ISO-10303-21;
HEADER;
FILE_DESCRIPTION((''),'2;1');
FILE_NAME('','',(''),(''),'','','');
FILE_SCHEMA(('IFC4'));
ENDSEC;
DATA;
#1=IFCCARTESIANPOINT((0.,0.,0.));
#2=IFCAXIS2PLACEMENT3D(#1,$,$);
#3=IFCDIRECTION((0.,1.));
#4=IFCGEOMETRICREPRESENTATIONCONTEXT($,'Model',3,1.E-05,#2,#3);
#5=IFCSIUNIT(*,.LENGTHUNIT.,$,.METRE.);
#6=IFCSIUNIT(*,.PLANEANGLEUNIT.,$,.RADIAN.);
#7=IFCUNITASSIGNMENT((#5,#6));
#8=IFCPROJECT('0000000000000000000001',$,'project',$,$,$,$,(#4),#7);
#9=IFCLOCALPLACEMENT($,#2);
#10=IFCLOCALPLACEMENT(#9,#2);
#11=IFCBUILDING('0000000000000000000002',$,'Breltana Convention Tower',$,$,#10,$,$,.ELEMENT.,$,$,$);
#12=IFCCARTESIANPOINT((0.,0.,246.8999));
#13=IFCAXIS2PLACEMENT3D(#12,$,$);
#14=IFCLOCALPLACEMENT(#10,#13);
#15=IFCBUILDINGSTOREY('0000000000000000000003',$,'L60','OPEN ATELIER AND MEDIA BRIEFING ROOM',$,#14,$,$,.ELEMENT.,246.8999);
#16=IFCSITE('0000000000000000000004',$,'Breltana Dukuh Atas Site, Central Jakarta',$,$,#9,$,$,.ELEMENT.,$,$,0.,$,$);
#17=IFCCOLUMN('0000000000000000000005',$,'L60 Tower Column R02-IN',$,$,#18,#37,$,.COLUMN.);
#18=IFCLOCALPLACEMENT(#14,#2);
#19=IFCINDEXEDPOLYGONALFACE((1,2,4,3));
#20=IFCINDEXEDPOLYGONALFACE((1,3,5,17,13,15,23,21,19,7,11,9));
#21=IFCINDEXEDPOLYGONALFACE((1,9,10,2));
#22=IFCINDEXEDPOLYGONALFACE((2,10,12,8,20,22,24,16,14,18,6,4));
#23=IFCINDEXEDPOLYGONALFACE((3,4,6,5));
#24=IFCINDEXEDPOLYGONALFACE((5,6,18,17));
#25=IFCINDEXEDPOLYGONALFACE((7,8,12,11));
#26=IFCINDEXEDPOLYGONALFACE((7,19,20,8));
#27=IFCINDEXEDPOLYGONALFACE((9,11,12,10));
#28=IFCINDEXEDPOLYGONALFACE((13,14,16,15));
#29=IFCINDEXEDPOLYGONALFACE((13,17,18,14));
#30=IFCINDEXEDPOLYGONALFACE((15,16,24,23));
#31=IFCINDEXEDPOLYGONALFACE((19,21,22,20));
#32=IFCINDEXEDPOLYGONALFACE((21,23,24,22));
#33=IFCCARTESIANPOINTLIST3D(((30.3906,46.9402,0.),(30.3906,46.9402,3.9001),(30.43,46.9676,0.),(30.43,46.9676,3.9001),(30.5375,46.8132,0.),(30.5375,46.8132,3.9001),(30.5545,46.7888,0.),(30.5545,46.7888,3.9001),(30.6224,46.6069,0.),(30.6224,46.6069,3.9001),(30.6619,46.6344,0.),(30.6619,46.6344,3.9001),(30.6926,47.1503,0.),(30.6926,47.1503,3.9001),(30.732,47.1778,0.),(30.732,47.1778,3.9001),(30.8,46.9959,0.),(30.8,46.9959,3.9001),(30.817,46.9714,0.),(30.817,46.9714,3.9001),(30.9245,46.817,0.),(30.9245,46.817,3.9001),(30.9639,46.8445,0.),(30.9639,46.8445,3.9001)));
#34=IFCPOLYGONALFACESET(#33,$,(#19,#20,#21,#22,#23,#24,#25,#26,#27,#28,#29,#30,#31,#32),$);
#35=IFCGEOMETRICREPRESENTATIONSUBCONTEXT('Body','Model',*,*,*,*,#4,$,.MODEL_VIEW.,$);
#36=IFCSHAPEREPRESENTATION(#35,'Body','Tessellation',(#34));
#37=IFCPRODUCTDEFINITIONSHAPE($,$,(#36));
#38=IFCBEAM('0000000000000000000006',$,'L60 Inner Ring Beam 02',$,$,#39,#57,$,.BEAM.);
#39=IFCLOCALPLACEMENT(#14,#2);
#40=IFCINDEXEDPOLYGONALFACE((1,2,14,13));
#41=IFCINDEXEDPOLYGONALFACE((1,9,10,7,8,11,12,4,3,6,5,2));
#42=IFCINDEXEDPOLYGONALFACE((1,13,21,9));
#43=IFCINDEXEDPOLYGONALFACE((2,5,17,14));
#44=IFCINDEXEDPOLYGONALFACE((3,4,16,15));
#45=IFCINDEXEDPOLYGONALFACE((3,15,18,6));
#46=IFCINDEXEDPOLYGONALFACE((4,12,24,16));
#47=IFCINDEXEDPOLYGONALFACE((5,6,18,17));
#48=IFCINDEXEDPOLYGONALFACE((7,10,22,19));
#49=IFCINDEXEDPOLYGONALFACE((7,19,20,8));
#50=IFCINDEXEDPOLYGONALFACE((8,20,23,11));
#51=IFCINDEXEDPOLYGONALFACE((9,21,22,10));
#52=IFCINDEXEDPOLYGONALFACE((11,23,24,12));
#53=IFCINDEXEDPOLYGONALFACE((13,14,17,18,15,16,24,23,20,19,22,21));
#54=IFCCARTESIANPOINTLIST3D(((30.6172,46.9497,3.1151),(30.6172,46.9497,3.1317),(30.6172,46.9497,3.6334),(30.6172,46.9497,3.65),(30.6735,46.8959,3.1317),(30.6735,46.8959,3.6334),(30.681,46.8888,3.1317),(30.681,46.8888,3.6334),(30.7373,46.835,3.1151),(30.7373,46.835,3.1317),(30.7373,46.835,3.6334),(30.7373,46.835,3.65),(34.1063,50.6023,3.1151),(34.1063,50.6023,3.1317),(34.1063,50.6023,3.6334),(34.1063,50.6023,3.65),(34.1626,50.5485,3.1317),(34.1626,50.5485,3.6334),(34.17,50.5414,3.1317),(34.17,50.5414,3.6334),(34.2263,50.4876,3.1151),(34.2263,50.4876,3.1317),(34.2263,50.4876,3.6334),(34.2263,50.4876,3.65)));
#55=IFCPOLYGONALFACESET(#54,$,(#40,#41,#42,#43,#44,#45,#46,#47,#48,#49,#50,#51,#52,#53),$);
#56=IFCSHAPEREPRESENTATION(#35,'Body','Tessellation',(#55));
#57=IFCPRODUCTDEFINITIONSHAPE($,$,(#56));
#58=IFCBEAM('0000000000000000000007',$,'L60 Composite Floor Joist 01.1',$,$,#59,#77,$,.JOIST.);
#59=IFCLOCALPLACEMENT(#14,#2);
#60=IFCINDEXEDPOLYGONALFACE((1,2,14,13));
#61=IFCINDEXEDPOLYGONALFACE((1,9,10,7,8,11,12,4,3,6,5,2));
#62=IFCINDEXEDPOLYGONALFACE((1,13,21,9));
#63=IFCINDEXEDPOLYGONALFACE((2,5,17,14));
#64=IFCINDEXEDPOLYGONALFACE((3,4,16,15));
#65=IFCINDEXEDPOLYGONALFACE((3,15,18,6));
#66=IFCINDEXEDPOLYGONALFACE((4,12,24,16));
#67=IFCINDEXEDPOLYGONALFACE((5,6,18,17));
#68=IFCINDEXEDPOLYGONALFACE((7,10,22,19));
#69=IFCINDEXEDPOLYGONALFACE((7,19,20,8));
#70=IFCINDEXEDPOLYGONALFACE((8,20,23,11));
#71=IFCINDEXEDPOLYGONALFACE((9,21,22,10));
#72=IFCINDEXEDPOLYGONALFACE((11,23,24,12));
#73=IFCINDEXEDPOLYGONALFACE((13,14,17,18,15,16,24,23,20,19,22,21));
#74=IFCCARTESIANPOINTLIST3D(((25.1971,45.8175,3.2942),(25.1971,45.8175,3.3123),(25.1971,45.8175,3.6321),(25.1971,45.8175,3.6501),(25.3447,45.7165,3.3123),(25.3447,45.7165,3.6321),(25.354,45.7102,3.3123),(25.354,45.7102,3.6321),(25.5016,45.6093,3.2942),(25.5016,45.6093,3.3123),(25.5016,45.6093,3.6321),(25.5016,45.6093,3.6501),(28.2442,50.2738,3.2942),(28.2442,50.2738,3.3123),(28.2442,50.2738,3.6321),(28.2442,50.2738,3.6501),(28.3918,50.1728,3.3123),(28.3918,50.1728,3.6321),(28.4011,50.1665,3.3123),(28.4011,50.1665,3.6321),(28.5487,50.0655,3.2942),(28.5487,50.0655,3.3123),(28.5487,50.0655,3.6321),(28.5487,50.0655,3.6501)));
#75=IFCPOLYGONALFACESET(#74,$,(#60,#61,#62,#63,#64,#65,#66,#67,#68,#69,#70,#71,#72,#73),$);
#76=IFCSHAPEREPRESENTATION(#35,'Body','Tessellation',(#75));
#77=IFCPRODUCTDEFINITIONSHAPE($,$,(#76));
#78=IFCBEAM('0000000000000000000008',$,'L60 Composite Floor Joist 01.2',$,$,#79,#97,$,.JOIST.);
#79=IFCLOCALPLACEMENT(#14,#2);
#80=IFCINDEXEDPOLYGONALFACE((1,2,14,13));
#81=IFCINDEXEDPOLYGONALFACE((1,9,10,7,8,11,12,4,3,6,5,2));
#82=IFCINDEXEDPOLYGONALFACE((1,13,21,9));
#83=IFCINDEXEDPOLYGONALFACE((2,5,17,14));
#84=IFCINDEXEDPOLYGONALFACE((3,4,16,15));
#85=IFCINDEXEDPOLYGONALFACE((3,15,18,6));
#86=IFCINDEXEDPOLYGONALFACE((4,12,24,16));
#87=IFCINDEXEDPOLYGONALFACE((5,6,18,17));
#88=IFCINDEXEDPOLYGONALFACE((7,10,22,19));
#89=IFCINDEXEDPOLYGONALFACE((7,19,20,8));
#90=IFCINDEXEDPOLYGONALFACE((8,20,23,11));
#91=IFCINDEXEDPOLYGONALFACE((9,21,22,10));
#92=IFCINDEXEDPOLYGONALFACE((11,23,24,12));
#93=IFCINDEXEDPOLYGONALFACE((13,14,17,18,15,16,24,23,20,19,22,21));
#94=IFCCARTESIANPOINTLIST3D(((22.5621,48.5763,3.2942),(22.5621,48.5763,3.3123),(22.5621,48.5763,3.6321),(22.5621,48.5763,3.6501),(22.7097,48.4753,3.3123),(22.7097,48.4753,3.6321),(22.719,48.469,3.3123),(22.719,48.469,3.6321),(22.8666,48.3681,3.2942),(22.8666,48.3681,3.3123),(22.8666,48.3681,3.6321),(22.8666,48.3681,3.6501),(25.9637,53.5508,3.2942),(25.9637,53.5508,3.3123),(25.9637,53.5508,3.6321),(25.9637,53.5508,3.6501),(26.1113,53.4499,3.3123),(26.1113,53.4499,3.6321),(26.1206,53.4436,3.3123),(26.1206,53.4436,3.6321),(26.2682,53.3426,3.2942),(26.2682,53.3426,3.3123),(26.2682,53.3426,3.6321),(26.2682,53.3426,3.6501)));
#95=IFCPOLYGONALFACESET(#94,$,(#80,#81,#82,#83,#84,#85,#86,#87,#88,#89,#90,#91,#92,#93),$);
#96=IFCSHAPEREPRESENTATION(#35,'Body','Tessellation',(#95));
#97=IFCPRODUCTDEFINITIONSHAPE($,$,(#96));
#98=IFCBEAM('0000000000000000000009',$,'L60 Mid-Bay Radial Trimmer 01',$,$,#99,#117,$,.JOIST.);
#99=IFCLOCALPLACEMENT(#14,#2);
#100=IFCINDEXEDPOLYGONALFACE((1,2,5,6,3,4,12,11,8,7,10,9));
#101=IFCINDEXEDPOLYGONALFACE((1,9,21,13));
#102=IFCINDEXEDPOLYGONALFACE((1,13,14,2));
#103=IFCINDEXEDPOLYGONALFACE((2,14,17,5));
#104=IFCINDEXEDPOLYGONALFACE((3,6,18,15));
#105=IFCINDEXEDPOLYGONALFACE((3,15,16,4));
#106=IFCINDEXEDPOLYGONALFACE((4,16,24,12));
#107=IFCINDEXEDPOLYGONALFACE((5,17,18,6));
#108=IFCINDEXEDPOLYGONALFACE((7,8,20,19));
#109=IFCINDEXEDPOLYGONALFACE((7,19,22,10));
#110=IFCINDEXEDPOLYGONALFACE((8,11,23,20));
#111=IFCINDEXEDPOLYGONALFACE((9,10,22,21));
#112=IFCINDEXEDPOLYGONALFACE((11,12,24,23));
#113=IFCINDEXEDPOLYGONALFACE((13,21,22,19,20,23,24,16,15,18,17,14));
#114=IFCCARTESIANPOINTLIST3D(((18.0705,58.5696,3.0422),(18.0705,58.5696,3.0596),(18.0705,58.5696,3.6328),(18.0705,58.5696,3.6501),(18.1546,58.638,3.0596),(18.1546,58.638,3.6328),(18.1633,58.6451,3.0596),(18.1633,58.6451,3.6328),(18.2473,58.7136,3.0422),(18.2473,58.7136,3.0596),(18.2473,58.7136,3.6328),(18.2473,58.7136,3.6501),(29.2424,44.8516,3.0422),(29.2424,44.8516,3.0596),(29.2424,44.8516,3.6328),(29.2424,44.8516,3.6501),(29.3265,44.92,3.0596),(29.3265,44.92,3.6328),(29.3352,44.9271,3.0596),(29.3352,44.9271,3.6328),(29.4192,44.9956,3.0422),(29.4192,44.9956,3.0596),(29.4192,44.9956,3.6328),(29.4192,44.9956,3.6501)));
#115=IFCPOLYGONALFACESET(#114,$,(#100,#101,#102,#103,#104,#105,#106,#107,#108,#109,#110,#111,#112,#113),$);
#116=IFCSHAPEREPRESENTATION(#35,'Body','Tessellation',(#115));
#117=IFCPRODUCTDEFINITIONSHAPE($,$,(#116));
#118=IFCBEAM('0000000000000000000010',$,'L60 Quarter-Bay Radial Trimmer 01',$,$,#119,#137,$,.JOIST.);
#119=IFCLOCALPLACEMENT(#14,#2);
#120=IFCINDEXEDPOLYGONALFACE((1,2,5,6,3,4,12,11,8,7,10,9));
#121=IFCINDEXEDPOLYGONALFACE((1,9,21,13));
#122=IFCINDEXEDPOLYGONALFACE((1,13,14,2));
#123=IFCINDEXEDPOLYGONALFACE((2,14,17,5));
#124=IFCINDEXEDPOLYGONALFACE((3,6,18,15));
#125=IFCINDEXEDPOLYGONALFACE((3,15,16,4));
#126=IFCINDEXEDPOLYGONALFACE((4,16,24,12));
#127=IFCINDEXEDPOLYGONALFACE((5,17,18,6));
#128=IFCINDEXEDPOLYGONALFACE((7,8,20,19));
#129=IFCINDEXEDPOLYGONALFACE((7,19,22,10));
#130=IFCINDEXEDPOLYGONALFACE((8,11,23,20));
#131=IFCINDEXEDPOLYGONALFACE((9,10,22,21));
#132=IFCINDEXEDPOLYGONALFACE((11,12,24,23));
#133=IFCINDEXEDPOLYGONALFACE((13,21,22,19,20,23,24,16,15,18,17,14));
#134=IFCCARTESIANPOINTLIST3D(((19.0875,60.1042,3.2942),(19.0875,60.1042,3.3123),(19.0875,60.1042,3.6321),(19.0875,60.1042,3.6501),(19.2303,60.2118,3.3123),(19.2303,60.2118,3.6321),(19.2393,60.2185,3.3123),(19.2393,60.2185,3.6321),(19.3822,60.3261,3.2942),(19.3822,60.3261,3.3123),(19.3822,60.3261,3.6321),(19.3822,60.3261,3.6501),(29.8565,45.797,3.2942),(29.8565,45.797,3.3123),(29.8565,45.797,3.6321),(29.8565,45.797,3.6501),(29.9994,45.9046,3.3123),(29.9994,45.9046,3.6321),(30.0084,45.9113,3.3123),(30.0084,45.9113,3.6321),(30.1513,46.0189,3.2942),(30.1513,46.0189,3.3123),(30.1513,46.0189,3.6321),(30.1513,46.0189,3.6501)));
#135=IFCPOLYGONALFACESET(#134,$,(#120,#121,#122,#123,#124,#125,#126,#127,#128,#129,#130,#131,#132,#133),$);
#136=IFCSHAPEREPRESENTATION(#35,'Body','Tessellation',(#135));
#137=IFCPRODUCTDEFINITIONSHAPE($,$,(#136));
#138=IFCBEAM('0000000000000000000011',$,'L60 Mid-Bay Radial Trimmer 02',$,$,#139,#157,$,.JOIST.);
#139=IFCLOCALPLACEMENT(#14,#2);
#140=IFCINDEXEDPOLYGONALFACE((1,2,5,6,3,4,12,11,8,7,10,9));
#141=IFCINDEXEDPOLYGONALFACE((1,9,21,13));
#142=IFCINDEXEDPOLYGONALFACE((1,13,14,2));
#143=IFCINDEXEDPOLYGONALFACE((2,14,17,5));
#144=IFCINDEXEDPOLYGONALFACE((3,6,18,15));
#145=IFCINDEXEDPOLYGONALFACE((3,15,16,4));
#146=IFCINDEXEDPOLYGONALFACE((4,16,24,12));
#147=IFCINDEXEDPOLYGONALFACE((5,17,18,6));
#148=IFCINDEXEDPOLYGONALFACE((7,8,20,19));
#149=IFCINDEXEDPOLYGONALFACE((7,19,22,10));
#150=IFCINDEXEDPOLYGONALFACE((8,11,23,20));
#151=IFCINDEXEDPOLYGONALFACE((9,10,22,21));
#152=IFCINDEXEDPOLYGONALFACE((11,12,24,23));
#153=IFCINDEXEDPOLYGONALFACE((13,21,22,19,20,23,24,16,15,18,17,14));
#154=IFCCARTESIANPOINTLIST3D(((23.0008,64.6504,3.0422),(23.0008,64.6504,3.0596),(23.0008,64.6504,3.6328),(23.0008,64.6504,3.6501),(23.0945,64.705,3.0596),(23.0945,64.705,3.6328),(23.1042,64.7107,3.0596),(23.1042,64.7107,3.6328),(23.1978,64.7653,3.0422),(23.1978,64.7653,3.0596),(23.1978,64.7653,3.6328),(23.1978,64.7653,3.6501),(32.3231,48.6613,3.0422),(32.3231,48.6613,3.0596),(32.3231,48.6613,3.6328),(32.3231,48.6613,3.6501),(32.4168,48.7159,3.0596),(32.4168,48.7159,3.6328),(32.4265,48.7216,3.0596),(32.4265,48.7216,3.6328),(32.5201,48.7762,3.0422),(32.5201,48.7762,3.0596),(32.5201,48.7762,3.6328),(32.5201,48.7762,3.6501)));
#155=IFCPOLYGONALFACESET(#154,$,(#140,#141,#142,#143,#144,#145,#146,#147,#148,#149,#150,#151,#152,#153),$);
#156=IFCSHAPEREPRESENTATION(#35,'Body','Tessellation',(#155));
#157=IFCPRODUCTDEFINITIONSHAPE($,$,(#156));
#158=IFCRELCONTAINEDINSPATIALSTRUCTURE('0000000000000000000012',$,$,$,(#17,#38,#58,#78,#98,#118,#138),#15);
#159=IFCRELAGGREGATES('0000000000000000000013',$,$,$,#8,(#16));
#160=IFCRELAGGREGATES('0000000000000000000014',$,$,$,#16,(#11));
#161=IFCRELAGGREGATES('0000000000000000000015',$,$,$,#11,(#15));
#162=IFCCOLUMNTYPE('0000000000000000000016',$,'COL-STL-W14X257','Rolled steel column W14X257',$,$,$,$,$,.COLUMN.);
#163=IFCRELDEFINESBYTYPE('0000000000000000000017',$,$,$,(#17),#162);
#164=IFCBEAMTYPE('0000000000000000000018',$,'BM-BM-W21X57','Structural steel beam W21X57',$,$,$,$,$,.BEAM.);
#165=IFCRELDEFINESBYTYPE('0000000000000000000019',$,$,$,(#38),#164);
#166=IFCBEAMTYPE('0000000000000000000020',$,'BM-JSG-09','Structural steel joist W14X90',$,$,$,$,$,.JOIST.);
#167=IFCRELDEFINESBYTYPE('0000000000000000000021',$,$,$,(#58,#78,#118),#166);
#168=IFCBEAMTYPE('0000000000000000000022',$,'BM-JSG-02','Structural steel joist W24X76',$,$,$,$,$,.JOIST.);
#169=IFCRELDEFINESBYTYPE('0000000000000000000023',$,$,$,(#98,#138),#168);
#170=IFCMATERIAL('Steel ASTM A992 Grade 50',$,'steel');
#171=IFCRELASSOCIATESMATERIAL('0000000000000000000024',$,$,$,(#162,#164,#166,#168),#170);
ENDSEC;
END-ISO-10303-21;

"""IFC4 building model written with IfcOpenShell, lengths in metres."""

from ifc_helpers import new_model, si_unit, direction, frame, origin, origin_2d, place, context, subcontext, project, spatial, i_section, extrude, source, transform, mapped, material, material_profile, profile_set, type_object, type_shapes, element, save


model = new_model("IFC4")

# Units and contexts
model_context = context("Model", 3, precision=1e-05, world=origin(), true_north=direction((0.0, 1.0)))
body_context = subcontext(model_context, "Body", "Model", "MODEL_VIEW")
ifc_project = project(units=[si_unit("LENGTHUNIT", "METRE"), si_unit("PLANEANGLEUNIT", "RADIAN")], contexts=[model_context])

# Site, building, storey
site_placement = place(None, origin())
site = spatial("IfcSite", under=ifc_project, at=site_placement, Name="Breltana Dukuh Atas Site, Central Jakarta", CompositionType="ELEMENT", RefElevation=0.0)
building_placement = place(site_placement, origin())
building = spatial("IfcBuilding", under=site, at=building_placement, Name="Breltana Convention Tower", CompositionType="ELEMENT")
storey_placement = place(building_placement, frame((0.0, 0.0, 246.8999)))
storey = spatial("IfcBuildingStorey", under=building, at=storey_placement, Name="L60", Description="OPEN ATELIER AND MEDIA BRIEFING ROOM", CompositionType="ELEMENT", Elevation=246.8999)

# Column
ifc_material_1 = material(Name="Steel ASTM A992 Grade 50", Category="steel")
ifc_material_profile_1 = material_profile(ifc_material_1, i_section(OverallWidth=0.406, OverallDepth=0.416, WebThickness=0.0298, FlangeThickness=0.0481, at=origin_2d()), Name="W14X257")
ifc_profile_set_1 = profile_set([ifc_material_profile_1], Name="Steel ASTM A992 Grade 50")
column_type = type_object("IfcColumnType", Name="COL-STL-W14X257", Description="Rolled steel column W14X257", PredefinedType="COLUMN", material=ifc_profile_set_1)
shared_shape_1 = source(origin(), body_context, "Body", "SweptSolid", [
    extrude(i_section(OverallWidth=0.406, OverallDepth=0.416, WebThickness=0.0298, FlangeThickness=0.0481, at=origin_2d()), origin(), (0.0, 0.0, 1.0), 3.9001),
])
column_placement = place(storey_placement, frame((30.6772, 46.8923, 0.0), z_axis=(0.0, 0.0, 1.0), x_axis=(-0.571143, 0.82085, 0.0)))
element("IfcColumn", 1, at=column_placement, inside=storey, type_object=column_type, Name="L60 Tower Column R02-IN", PredefinedType="COLUMN", context=body_context, shape_type="MappedRepresentation", body=[
    mapped(shared_shape_1, transform((0.0, 0.0, 0.0), scale=1.0)),
])

# Beams
ifc_material_profile_2 = material_profile(ifc_material_1, i_section(OverallWidth=0.166, OverallDepth=0.5349, WebThickness=0.0103, FlangeThickness=0.0166, at=origin_2d()), Name="W21X57")
ifc_profile_set_2 = profile_set([ifc_material_profile_2], Name="Steel ASTM A992 Grade 50")
beam_type_1 = type_object("IfcBeamType", Name="BM-BM-W21X57", Description="Structural steel beam W21X57", PredefinedType="BEAM", material=ifc_profile_set_2)
shared_shape_2 = source(origin(), body_context, "Body", "SweptSolid", [
    extrude(i_section(OverallWidth=0.166, OverallDepth=0.5349, WebThickness=0.0103, FlangeThickness=0.0166, at=origin_2d()), origin(), (0.0, 0.0, 1.0), 5.0513),
])
beam_1_placement = place(storey_placement, frame((30.6772, 46.8923, 3.3826), z_axis=(0.69073, 0.723113, 0.0), x_axis=(-0.723113, 0.69073, 0.0)))
element("IfcBeam", 2, at=beam_1_placement, inside=storey, type_object=beam_type_1, Name="L60 Inner Ring Beam 02", PredefinedType="BEAM", context=body_context, shape_type="MappedRepresentation", body=[
    mapped(shared_shape_2, transform((0.0, 0.0, 0.0), scale=1.0)),
])
ifc_material_profile_3 = material_profile(ifc_material_1, i_section(OverallWidth=0.3689, OverallDepth=0.356, WebThickness=0.0112, FlangeThickness=0.0181, at=origin_2d()), Name="W14X90")
ifc_profile_set_3 = profile_set([ifc_material_profile_3], Name="Steel ASTM A992 Grade 50")
beam_type_2 = type_object("IfcBeamType", Name="BM-JSG-09", Description="Structural steel joist W14X90", PredefinedType="JOIST", material=ifc_profile_set_3)
shared_shape_3 = source(origin(), body_context, "Body", "SweptSolid", [
    extrude(i_section(OverallWidth=0.3689, OverallDepth=0.356, WebThickness=0.0112, FlangeThickness=0.0181, at=origin_2d()), origin(), (0.0, 0.0, 1.0), 5.3984),
])
beam_2_placement = place(storey_placement, frame((25.3494, 45.7134, 3.4722), z_axis=(0.564441, 0.825474, 0.0), x_axis=(-0.825474, 0.564441, 0.0)))
element("IfcBeam", 3, at=beam_2_placement, inside=storey, type_object=beam_type_2, Name="L60 Composite Floor Joist 01.1", PredefinedType="JOIST", context=body_context, shape_type="MappedRepresentation", body=[
    mapped(shared_shape_3, transform((0.0, 0.0, 0.0), scale=1.0)),
])
shared_shape_4 = source(origin(), body_context, "Body", "SweptSolid", [
    extrude(i_section(OverallWidth=0.3689, OverallDepth=0.356, WebThickness=0.0112, FlangeThickness=0.0181, at=origin_2d()), origin(), (0.0, 0.0, 1.0), 6.0264),
])
beam_3_placement = place(storey_placement, frame((22.7144, 48.4722, 3.4722), z_axis=(0.56445, 0.825467, 0.0), x_axis=(-0.825467, 0.56445, 0.0)))
element("IfcBeam", 4, at=beam_3_placement, inside=storey, type_object=beam_type_2, Name="L60 Composite Floor Joist 01.2", PredefinedType="JOIST", context=body_context, shape_type="MappedRepresentation", body=[
    mapped(shared_shape_4, transform((0.0, 0.0, 0.0), scale=1.0)),
])
ifc_material_profile_4 = material_profile(ifc_material_1, i_section(OverallWidth=0.228, OverallDepth=0.6079, WebThickness=0.0112, FlangeThickness=0.0173, at=origin_2d()), Name="W24X76")
ifc_profile_set_4 = profile_set([ifc_material_profile_4], Name="Steel ASTM A992 Grade 50")
beam_type_3 = type_object("IfcBeamType", Name="BM-JSG-02", Description="Structural steel joist W24X76", PredefinedType="JOIST", material=ifc_profile_set_4)
shared_shape_5 = source(origin(), body_context, "Body", "SweptSolid", [
    extrude(i_section(OverallWidth=0.228, OverallDepth=0.6079, WebThickness=0.0112, FlangeThickness=0.0173, at=origin_2d()), origin(), (0.0, 0.0, 1.0), 17.6917),
])
type_shapes(beam_type_3, [shared_shape_5])
beam_4_placement = place(storey_placement, frame((29.3308, 44.9236, 3.3462), z_axis=(-0.631477, 0.775395, 0.0), x_axis=(-0.775395, -0.631477, 0.0)))
element("IfcBeam", 5, at=beam_4_placement, inside=storey, type_object=beam_type_3, Name="L60 Mid-Bay Radial Trimmer 01", PredefinedType="JOIST", context=body_context, shape_type="MappedRepresentation", body=[
    mapped(shared_shape_5, transform((0.0, 0.0, 0.0), scale=1.0)),
])
shared_shape_6 = source(origin(), body_context, "Body", "SweptSolid", [
    extrude(i_section(OverallWidth=0.3689, OverallDepth=0.356, WebThickness=0.0112, FlangeThickness=0.0181, at=origin_2d()), origin(), (0.0, 0.0, 1.0), 17.9072),
])
beam_5_placement = place(storey_placement, frame((30.0039, 45.908, 3.4722), z_axis=(-0.601382, 0.798962, 0.0), x_axis=(-0.798962, -0.601382, 0.0)))
element("IfcBeam", 6, at=beam_5_placement, inside=storey, type_object=beam_type_2, Name="L60 Quarter-Bay Radial Trimmer 01", PredefinedType="JOIST", context=body_context, shape_type="MappedRepresentation", body=[
    mapped(shared_shape_6, transform((0.0, 0.0, 0.0), scale=1.0)),
])
shared_shape_7 = source(origin(), body_context, "Body", "SweptSolid", [
    extrude(i_section(OverallWidth=0.228, OverallDepth=0.6079, WebThickness=0.0112, FlangeThickness=0.0173, at=origin_2d()), origin(), (0.0, 0.0, 1.0), 18.5083),
])
beam_6_placement = place(storey_placement, frame((32.4216, 48.7188, 3.3462), z_axis=(-0.503683, 0.863888, 0.0), x_axis=(-0.863888, -0.503683, 0.0)))
element("IfcBeam", 7, at=beam_6_placement, inside=storey, type_object=beam_type_3, Name="L60 Mid-Bay Radial Trimmer 02", PredefinedType="JOIST", context=body_context, shape_type="MappedRepresentation", body=[
    mapped(shared_shape_7, transform((0.0, 0.0, 0.0), scale=1.0)),
])

save(model, "model.ifc")
